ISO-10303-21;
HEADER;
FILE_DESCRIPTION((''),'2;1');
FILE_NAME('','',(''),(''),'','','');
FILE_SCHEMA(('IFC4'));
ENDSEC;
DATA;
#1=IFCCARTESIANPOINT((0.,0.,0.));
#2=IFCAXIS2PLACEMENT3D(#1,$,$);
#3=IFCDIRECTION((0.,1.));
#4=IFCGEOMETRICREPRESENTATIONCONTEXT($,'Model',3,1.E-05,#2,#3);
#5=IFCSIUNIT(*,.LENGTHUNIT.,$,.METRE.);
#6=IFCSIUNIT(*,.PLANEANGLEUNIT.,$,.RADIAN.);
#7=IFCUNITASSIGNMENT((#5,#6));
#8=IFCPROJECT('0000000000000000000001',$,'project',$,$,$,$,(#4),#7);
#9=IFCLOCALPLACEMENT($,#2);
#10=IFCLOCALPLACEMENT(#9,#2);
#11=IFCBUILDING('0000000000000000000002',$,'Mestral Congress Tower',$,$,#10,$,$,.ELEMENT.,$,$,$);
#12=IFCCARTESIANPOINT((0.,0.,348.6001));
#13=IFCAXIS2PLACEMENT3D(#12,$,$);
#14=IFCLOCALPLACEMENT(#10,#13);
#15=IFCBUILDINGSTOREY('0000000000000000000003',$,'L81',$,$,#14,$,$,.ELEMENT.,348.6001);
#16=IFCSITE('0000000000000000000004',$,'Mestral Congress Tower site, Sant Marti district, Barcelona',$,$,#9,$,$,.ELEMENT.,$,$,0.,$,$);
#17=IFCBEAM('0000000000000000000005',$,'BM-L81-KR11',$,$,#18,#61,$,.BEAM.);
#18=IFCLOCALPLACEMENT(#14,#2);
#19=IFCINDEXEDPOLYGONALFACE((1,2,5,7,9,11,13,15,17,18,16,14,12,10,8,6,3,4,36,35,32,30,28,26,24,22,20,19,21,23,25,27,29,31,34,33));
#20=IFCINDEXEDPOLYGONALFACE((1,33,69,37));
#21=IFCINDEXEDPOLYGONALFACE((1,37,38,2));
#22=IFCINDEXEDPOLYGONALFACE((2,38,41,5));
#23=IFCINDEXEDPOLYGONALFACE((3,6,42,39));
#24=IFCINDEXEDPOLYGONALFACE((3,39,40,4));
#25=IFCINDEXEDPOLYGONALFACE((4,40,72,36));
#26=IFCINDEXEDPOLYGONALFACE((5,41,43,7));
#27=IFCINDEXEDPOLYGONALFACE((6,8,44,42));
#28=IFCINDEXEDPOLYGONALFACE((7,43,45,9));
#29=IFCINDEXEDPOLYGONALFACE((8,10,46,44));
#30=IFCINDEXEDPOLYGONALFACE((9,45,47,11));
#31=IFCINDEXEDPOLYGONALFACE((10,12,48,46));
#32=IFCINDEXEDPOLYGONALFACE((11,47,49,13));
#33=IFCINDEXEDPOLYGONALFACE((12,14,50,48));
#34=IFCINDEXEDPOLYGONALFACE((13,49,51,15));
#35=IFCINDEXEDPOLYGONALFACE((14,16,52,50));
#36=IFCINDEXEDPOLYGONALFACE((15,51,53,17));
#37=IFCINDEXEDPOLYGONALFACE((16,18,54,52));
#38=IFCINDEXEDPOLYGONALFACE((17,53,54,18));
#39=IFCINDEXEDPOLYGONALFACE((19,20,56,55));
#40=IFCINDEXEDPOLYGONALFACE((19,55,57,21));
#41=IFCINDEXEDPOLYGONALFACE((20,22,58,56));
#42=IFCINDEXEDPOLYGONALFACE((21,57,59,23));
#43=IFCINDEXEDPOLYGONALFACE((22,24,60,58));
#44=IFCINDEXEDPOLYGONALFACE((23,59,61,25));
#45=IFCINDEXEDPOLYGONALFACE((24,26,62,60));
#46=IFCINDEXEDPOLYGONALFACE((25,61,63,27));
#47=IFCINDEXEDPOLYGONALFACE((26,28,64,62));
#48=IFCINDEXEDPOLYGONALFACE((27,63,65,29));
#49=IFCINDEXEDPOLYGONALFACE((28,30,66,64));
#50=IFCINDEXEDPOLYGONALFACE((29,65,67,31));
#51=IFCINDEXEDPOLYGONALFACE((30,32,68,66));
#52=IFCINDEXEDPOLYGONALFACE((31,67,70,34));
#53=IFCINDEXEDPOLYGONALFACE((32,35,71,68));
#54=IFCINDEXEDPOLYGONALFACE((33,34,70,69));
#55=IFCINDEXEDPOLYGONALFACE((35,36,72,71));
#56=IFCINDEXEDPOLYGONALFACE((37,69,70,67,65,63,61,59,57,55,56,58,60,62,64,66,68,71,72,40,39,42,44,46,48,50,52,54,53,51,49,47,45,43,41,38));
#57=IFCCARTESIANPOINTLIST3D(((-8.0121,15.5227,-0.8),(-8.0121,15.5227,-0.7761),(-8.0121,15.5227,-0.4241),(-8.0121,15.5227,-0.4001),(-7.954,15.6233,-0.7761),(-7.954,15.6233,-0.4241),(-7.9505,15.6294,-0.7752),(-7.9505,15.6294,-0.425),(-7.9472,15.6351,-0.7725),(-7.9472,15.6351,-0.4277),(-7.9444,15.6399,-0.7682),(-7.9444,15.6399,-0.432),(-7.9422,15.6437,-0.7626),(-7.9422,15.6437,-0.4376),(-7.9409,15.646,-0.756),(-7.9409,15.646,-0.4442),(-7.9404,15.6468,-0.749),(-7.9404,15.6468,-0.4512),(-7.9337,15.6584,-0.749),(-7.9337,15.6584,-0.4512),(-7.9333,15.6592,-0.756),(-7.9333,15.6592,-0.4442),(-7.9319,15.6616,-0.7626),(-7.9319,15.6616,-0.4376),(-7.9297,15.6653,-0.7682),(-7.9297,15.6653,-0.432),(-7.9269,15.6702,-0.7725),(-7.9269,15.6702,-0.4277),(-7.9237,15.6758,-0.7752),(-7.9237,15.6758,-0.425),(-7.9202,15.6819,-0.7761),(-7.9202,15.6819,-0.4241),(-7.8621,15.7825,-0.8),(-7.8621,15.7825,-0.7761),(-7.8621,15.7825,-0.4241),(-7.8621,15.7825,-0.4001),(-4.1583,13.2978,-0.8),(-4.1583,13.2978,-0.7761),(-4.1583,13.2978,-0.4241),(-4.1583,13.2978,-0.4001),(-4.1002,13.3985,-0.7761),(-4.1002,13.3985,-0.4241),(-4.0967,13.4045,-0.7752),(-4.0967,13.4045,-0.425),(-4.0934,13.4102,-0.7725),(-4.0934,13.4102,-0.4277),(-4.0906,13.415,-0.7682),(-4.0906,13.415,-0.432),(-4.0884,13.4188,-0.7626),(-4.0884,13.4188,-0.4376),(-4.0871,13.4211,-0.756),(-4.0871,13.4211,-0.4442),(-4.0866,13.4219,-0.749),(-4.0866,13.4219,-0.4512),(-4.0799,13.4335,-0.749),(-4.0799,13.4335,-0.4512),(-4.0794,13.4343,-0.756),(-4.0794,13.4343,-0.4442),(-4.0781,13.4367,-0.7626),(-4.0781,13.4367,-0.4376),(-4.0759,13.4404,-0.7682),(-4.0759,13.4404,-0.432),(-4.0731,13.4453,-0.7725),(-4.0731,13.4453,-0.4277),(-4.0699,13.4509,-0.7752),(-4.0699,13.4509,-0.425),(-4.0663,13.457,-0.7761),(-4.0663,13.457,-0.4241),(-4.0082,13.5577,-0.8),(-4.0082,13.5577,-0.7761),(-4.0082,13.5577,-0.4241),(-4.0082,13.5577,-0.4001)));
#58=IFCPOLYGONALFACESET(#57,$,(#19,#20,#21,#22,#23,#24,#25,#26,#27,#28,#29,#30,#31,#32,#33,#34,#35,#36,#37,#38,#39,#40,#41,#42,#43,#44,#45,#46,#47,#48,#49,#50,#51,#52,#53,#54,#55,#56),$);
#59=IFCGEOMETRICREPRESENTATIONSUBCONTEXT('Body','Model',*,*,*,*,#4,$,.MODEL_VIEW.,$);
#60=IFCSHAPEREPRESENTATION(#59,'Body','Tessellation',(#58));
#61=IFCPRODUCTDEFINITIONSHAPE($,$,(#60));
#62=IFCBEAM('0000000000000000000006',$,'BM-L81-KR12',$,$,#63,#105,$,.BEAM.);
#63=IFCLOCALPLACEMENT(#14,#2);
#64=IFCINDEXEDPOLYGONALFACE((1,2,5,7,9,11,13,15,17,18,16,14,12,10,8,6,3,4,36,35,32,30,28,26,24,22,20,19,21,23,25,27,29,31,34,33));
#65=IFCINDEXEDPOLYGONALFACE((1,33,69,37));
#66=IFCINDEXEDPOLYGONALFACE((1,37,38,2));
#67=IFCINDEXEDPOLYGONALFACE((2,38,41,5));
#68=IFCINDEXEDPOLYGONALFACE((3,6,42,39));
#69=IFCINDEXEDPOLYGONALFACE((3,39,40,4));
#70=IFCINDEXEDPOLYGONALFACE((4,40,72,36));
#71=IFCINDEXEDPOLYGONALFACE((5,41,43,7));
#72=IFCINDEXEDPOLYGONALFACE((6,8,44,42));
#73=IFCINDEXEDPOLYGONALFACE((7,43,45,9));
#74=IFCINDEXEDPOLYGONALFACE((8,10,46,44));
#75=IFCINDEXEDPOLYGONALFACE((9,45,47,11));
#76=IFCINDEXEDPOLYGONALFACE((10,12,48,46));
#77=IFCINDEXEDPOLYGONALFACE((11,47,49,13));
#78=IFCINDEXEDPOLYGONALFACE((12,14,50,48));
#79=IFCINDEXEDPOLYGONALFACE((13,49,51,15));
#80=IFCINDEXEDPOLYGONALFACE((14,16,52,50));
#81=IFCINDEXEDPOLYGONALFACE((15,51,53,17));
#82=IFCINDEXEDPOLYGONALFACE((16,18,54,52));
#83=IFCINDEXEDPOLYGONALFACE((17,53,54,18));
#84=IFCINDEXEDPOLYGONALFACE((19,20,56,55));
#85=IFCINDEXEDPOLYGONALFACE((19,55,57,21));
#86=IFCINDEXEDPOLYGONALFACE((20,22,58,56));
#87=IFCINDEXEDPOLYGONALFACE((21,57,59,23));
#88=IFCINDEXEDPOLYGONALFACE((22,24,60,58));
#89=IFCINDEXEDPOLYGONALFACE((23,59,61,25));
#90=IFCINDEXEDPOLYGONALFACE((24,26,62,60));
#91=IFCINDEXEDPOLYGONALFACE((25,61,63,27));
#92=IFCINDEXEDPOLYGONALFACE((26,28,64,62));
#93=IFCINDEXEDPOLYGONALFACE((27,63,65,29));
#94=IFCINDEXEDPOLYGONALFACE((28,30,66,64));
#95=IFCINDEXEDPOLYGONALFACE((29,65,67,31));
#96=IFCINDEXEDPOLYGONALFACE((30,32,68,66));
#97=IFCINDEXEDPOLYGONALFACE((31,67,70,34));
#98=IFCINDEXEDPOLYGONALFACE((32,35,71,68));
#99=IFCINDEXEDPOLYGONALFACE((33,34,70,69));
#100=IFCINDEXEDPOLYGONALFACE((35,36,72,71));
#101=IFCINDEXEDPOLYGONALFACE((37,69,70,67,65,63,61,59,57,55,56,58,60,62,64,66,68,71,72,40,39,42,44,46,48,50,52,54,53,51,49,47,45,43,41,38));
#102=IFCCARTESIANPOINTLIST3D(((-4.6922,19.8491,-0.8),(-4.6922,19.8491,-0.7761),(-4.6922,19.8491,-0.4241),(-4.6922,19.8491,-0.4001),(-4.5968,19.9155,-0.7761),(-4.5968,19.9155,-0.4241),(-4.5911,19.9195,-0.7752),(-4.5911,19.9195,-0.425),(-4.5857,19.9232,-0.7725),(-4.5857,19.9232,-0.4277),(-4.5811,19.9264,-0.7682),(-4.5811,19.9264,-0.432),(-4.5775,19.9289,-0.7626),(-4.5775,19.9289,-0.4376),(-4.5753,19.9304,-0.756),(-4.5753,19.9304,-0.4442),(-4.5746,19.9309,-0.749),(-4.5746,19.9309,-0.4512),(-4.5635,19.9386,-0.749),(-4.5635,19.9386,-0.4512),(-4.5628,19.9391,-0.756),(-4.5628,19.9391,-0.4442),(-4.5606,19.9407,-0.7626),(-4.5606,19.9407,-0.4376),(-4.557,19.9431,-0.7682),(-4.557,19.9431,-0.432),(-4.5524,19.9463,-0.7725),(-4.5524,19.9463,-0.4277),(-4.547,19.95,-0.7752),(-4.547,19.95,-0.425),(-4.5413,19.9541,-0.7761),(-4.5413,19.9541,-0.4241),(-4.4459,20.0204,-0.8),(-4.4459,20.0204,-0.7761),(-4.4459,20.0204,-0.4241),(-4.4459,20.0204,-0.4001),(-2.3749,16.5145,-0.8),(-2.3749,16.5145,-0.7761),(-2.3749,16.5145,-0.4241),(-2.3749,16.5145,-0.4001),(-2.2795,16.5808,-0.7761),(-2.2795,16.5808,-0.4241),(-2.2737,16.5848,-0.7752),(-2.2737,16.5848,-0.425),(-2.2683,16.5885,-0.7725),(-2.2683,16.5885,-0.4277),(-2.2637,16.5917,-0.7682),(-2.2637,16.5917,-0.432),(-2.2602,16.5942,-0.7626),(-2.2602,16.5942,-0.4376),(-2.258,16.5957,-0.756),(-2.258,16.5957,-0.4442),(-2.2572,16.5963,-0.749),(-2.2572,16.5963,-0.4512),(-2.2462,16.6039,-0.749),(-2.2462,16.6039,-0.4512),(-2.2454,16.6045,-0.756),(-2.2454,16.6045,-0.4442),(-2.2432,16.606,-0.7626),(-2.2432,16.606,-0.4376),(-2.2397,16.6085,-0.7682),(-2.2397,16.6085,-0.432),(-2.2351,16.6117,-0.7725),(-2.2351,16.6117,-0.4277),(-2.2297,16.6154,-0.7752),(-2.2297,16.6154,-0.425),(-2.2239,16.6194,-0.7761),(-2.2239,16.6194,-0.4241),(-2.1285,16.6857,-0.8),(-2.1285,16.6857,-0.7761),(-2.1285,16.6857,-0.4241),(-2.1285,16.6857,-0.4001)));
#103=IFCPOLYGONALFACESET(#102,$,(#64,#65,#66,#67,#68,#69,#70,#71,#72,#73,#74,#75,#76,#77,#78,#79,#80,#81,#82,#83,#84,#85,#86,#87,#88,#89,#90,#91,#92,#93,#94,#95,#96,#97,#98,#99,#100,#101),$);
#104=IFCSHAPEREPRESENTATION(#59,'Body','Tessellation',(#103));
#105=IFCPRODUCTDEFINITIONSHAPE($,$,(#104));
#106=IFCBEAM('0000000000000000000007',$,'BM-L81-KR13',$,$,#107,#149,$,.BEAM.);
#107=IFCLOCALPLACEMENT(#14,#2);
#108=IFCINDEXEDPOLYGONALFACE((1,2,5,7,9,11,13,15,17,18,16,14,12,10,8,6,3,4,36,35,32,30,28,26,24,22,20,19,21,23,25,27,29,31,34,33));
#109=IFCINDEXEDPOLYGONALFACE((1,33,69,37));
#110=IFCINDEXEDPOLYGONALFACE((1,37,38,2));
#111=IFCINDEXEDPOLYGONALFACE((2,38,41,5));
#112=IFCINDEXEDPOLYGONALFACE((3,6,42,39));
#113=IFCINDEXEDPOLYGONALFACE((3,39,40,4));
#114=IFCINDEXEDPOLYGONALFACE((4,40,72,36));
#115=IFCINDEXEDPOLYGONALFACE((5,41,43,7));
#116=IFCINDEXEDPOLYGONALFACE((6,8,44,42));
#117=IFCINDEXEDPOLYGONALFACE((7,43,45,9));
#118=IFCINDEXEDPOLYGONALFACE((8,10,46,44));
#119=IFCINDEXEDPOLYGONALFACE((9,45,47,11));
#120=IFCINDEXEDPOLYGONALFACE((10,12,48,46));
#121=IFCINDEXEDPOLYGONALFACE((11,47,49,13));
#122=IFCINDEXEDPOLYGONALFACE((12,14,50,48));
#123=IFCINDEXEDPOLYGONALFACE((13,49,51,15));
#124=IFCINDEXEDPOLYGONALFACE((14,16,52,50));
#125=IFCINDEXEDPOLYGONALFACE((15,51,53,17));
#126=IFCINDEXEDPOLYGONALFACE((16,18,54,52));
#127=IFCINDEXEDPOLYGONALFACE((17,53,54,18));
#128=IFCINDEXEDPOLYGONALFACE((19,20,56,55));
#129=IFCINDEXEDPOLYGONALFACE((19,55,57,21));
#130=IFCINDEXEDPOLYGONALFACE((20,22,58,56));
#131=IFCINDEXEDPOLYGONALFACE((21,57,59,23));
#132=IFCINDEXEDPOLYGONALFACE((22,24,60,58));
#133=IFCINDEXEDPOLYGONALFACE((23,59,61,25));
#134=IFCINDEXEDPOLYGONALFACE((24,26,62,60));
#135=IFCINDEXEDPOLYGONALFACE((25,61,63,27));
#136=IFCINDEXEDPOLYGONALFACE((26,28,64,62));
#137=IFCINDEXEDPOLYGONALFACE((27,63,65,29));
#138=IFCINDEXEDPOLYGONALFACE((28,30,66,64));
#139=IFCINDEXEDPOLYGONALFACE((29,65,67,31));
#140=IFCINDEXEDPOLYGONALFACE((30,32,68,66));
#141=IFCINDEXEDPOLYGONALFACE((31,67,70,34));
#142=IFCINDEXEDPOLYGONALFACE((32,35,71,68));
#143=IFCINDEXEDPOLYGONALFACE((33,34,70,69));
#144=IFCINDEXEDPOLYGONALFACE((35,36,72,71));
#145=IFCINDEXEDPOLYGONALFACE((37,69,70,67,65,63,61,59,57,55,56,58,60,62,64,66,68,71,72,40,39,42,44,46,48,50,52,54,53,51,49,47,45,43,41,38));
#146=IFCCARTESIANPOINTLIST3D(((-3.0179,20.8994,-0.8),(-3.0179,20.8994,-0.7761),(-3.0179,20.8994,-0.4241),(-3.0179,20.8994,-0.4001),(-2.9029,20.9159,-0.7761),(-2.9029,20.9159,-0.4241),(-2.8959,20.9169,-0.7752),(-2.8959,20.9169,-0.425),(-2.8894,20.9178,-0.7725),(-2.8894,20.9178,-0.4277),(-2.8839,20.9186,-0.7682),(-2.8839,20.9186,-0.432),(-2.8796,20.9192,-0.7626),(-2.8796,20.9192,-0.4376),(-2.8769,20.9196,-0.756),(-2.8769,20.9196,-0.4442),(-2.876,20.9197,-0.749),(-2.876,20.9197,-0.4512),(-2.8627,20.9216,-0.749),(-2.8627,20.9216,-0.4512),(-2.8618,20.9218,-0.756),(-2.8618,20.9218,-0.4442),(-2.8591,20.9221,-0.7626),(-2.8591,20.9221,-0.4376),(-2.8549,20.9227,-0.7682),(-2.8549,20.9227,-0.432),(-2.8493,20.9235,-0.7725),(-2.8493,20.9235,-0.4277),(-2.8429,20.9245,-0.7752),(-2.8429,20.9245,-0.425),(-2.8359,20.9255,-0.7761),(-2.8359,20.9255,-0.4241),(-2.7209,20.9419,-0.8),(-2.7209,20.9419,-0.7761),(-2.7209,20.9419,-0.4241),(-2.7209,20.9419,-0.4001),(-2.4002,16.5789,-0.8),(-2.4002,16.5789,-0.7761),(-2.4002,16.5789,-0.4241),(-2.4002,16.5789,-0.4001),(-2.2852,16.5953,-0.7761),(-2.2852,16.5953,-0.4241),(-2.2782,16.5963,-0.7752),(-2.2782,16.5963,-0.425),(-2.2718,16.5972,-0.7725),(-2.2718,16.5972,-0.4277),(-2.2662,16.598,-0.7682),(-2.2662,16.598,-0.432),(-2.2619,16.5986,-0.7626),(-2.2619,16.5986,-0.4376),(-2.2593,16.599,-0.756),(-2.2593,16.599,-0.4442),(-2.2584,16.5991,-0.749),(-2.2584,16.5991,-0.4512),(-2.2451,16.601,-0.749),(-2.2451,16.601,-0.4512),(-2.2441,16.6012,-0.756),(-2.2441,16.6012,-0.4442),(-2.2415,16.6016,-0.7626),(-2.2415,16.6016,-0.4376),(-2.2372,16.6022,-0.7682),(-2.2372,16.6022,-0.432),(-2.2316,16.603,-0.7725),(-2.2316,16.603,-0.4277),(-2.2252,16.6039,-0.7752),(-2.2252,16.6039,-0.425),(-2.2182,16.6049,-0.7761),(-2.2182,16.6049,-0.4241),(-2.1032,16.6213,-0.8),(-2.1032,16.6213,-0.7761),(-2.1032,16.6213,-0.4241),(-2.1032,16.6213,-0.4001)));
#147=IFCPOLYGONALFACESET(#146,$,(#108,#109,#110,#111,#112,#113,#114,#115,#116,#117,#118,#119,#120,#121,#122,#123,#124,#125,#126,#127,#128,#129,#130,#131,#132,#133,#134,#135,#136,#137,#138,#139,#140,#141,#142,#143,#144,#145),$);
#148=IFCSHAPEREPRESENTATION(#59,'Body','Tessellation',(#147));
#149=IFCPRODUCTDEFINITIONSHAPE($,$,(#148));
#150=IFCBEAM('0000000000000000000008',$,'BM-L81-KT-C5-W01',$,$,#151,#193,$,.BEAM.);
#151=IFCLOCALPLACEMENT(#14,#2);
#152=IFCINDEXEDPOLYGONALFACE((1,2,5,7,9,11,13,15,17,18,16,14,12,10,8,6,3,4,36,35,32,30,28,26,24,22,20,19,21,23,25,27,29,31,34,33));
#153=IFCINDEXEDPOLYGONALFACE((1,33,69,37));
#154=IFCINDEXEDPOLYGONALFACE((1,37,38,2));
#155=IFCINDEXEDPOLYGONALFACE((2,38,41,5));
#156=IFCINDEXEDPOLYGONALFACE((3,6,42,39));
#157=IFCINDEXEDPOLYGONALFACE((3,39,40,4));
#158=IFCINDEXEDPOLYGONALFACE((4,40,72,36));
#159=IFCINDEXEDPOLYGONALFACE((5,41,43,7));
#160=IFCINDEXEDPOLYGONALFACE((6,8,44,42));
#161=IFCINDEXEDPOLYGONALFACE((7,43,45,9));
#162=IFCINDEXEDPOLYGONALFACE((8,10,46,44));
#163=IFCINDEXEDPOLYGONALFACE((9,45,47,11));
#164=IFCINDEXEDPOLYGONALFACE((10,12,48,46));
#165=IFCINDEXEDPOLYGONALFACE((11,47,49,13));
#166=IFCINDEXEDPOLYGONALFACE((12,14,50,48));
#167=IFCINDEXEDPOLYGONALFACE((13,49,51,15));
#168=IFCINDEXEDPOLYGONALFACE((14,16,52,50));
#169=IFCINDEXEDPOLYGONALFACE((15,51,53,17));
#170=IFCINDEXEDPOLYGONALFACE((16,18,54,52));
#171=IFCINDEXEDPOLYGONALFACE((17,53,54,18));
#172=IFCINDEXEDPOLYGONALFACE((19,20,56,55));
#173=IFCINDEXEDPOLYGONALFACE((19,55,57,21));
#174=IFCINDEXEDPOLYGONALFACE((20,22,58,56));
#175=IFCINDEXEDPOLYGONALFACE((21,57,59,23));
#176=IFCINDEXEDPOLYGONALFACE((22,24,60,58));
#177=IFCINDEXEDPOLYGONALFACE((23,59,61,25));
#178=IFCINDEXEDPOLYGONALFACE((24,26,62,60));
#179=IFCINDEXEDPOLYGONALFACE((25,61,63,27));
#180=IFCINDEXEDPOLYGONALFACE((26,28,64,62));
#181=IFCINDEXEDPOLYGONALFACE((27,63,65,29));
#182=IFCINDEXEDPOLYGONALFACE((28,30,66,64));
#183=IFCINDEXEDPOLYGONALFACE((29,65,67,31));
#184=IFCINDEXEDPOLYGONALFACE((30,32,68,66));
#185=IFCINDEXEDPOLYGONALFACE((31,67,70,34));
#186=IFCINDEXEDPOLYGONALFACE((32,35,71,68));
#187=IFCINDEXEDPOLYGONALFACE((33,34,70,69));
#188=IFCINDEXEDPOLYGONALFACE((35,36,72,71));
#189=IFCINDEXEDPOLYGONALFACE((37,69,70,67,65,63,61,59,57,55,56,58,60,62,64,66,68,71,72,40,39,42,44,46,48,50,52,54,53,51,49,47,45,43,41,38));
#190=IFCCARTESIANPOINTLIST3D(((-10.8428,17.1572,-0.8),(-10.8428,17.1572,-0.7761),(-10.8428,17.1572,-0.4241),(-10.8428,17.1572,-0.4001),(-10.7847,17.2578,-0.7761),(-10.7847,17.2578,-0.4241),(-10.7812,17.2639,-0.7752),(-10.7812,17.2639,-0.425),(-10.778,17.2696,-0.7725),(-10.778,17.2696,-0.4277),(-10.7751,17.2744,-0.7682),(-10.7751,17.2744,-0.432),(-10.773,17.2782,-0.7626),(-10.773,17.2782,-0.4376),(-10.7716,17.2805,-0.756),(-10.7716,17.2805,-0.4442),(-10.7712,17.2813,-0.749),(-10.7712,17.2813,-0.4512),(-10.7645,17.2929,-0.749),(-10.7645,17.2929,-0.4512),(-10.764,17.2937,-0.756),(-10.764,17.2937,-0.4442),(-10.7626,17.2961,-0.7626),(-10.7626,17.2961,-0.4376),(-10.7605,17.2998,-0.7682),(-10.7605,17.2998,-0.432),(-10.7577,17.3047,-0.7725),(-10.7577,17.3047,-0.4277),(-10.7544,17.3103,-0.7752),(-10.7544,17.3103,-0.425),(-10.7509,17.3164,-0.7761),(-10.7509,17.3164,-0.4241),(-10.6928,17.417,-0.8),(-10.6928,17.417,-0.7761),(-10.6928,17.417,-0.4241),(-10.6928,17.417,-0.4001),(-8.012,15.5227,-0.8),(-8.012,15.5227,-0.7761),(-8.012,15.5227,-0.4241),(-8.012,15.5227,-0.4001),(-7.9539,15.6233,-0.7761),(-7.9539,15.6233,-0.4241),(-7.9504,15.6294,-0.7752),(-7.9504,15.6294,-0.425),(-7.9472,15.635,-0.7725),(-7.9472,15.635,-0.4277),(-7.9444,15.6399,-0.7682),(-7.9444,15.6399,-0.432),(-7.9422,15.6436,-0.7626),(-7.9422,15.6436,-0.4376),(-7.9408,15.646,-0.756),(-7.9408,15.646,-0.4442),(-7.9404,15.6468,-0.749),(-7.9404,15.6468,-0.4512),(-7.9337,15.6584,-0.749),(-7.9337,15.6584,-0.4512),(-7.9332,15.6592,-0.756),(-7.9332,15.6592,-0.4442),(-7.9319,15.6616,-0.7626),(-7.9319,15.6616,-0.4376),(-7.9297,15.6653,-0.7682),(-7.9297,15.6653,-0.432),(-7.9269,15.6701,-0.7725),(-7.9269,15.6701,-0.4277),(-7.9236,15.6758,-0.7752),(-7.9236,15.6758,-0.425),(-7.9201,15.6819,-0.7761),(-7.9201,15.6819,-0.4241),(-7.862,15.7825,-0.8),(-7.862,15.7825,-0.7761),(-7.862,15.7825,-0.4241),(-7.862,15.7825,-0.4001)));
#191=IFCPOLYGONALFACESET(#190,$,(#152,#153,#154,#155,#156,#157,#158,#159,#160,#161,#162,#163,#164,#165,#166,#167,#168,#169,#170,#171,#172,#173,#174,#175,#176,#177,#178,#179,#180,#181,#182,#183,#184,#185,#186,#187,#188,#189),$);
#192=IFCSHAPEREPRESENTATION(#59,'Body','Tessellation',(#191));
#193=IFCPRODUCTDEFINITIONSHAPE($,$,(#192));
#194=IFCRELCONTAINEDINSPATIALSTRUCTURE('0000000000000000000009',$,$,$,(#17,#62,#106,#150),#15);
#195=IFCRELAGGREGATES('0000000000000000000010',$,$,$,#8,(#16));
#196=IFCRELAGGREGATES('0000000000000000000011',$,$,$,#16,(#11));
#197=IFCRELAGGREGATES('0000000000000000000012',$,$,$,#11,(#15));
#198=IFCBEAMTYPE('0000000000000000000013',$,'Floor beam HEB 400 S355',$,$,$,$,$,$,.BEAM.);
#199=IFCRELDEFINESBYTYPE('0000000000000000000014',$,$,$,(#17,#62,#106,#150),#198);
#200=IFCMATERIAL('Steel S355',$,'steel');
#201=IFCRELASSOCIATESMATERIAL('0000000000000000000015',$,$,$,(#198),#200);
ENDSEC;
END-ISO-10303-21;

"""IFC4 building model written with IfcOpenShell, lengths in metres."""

from ifc_helpers import new_model, si_unit, direction, frame, origin, origin_2d, place, context, subcontext, project, spatial, i_section, extrude, material, material_profile, profile_set, type_object, element, save


model = new_model("IFC4")

# Units and contexts
model_context = context("Model", 3, precision=1e-05, world=origin(), true_north=direction((0.0, 1.0)))
body_context = subcontext(model_context, "Body", "Model", "MODEL_VIEW")
ifc_project = project(units=[si_unit("LENGTHUNIT", "METRE"), si_unit("PLANEANGLEUNIT", "RADIAN")], contexts=[model_context])

# Site, building, storey
site_placement = place(None, origin())
site = spatial("IfcSite", under=ifc_project, at=site_placement, Name="Mestral Congress Tower site, Sant Marti district, Barcelona", CompositionType="ELEMENT", RefElevation=0.0)
building_placement = place(site_placement, origin())
building = spatial("IfcBuilding", under=site, at=building_placement, Name="Mestral Congress Tower", CompositionType="ELEMENT")
storey_placement = place(building_placement, frame((0.0, 0.0, 348.6001)))
storey = spatial("IfcBuildingStorey", under=building, at=storey_placement, Name="L81", CompositionType="ELEMENT", Elevation=348.6001)

# Beams
ifc_material_1 = material(Name="Steel S355", Category="steel")
ifc_material_profile_1 = material_profile(ifc_material_1, i_section(OverallWidth=0.3, OverallDepth=0.3999, WebThickness=0.0134, FlangeThickness=0.0239, FilletRadius=0.0271, at=origin_2d()), Name="HEB 400")
ifc_profile_set_1 = profile_set([ifc_material_profile_1], Name="Steel S355")
beam_type_1 = type_object("IfcBeamType", Name="Floor beam HEB 400 S355", PredefinedType="BEAM", material=ifc_profile_set_1)
beam_1_placement = place(storey_placement, frame((-4.0833, 13.4277, -0.6001), z_axis=(-0.866037, 0.49998, 0.0), x_axis=(-0.49998, -0.866037, 0.0)))
element("IfcBeam", 1, at=beam_1_placement, inside=storey, type_object=beam_type_1, Name="BM-L81-KR11", PredefinedType="BEAM", context=body_context, shape_type="SweptSolid", body=[
    extrude(i_section(OverallWidth=0.3, OverallDepth=0.3999, WebThickness=0.0134, FlangeThickness=0.0239, FilletRadius=0.0271, at=origin_2d()), origin(), (0.0, 0.0, 1.0), 4.45),
])
beam_2_placement = place(storey_placement, frame((-2.2517, 16.6001, -0.6001), z_axis=(-0.570663, 0.821184, 0.0), x_axis=(-0.821184, -0.570663, 0.0)))
element("IfcBeam", 2, at=beam_2_placement, inside=storey, type_object=beam_type_1, Name="BM-L81-KR12", PredefinedType="BEAM", context=body_context, shape_type="SweptSolid", body=[
    extrude(i_section(OverallWidth=0.3, OverallDepth=0.3999, WebThickness=0.0134, FlangeThickness=0.0239, FilletRadius=0.0271, at=origin_2d()), origin(), (0.0, 0.0, 1.0), 4.0608),
])
beam_3_placement = place(storey_placement, frame((-2.2517, 16.6001, -0.6001), z_axis=(-0.141523, 0.989935, 0.0), x_axis=(-0.989935, -0.141523, 0.0)))
element("IfcBeam", 3, at=beam_3_placement, inside=storey, type_object=beam_type_1, Name="BM-L81-KR13", PredefinedType="BEAM", context=body_context, shape_type="SweptSolid", body=[
    extrude(i_section(OverallWidth=0.3, OverallDepth=0.3999, WebThickness=0.0134, FlangeThickness=0.0239, FilletRadius=0.0271, at=origin_2d()), origin(), (0.0, 0.0, 1.0), 4.3645),
])
beam_4_placement = place(storey_placement, frame((-10.7678, 17.2871, -0.6001), z_axis=(0.866005, -0.500035, 0.0), x_axis=(0.500035, 0.866005, 0.0)))
element("IfcBeam", 4, at=beam_4_placement, inside=storey, type_object=beam_type_1, Name="BM-L81-KT-C5-W01", PredefinedType="BEAM", context=body_context, shape_type="SweptSolid", body=[
    extrude(i_section(OverallWidth=0.3, OverallDepth=0.3999, WebThickness=0.0134, FlangeThickness=0.0239, FilletRadius=0.0271, at=origin_2d()), origin(), (0.0, 0.0, 1.0), 3.2688),
])

save(model, "model.ifc")
